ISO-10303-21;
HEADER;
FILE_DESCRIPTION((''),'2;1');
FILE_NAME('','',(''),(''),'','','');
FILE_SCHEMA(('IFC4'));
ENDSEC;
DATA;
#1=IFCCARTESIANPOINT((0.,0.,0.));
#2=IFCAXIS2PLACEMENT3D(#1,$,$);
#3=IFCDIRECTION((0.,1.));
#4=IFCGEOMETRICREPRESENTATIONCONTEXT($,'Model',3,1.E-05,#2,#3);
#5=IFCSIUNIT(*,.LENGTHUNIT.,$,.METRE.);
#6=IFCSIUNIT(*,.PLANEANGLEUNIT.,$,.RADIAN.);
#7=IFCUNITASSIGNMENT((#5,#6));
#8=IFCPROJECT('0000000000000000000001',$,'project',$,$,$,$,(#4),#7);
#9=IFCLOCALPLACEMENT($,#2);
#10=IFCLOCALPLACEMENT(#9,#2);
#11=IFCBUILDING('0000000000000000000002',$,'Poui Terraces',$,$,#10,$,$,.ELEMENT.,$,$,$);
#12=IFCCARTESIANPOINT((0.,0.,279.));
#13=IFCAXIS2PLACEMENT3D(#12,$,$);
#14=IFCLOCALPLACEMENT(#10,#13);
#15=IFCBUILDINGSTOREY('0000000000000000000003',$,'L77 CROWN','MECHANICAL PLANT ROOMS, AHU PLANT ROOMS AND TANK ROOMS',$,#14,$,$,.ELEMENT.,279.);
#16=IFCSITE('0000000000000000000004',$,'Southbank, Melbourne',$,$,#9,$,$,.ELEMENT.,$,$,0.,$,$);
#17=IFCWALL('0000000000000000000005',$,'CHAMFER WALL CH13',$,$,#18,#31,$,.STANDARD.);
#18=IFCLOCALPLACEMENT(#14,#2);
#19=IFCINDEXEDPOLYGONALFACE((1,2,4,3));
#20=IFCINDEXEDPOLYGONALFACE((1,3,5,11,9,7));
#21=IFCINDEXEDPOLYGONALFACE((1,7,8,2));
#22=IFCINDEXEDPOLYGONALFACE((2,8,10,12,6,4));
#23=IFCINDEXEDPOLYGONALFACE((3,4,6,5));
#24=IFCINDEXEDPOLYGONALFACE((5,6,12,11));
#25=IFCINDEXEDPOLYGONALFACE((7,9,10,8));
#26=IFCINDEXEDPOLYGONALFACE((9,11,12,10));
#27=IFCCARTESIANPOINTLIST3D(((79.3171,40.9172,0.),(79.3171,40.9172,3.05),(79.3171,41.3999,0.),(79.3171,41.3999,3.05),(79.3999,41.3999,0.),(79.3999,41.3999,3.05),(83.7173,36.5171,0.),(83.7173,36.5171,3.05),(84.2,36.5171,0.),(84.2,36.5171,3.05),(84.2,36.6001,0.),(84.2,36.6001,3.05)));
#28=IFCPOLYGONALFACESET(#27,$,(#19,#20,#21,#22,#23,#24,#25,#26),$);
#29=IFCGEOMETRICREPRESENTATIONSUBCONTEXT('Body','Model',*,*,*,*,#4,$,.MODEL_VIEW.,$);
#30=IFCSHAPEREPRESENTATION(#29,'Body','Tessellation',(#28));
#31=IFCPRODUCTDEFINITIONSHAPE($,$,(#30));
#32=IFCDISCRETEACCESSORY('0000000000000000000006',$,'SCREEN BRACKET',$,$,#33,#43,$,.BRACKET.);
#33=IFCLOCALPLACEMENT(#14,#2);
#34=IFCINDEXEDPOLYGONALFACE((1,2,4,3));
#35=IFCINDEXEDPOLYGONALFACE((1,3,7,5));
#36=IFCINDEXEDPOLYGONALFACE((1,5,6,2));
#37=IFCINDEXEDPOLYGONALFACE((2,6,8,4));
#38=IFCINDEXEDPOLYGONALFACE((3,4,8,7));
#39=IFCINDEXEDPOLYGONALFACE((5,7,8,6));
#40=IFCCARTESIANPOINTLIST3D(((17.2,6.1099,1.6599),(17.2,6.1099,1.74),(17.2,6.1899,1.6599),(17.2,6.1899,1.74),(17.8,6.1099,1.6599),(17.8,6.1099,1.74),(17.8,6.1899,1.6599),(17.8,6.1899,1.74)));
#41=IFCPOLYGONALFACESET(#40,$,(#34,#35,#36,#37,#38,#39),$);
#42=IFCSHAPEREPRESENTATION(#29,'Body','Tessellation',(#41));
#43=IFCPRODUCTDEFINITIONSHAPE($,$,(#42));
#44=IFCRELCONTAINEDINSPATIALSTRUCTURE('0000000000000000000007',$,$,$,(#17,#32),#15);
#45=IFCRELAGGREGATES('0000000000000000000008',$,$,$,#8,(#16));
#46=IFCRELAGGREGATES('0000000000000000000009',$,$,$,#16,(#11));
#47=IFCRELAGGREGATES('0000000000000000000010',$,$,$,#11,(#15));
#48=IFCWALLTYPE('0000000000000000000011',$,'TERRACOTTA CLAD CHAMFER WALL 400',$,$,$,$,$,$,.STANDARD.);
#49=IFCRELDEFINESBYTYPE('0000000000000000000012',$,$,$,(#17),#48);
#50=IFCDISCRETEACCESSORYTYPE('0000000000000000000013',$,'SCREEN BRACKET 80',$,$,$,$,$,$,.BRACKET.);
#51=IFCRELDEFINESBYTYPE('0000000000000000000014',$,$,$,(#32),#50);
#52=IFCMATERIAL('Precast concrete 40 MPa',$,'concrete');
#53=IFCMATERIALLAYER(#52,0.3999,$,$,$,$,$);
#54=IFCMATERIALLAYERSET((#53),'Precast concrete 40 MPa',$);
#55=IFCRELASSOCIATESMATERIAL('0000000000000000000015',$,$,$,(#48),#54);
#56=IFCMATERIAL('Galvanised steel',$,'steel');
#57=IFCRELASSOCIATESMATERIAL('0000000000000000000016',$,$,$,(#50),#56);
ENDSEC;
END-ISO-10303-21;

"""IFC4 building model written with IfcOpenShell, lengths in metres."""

from ifc_helpers import new_model, si_unit, direction, frame, origin, origin_2d, place, context, subcontext, project, spatial, polyline, rectangle, outline, extrude, source, transform, mapped, material, layer, layer_set, material_profile, profile_set, type_object, element, save


model = new_model("IFC4")

# Units and contexts
model_context = context("Model", 3, precision=1e-05, world=origin(), true_north=direction((0.0, 1.0)))
body_context = subcontext(model_context, "Body", "Model", "MODEL_VIEW")
ifc_project = project(units=[si_unit("LENGTHUNIT", "METRE"), si_unit("PLANEANGLEUNIT", "RADIAN")], contexts=[model_context])

# Site, building, storey
site_placement = place(None, origin())
site = spatial("IfcSite", under=ifc_project, at=site_placement, Name="Southbank, Melbourne", CompositionType="ELEMENT", RefElevation=0.0)
building_placement = place(site_placement, origin())
building = spatial("IfcBuilding", under=site, at=building_placement, Name="Poui Terraces", CompositionType="ELEMENT")
storey_placement = place(building_placement, frame((0.0, 0.0, 279.0)))
storey = spatial("IfcBuildingStorey", under=building, at=storey_placement, Name="L77 CROWN", Description="MECHANICAL PLANT ROOMS, AHU PLANT ROOMS AND TANK ROOMS", CompositionType="ELEMENT", Elevation=279.0)

# Wall
ifc_material_1 = material(Name="Precast concrete 40 MPa", Category="concrete")
ifc_layer_1 = layer(ifc_material_1, 0.3999)
ifc_layer_set_1 = layer_set([ifc_layer_1], Name="Precast concrete 40 MPa")
wall_type = type_object("IfcWallType", Name="TERRACOTTA CLAD CHAMFER WALL 400", PredefinedType="STANDARD", material=ifc_layer_set_1)
wall_1_placement = place(storey_placement, origin())
element("IfcWall", 1, at=wall_1_placement, inside=storey, type_object=wall_type, Name="CHAMFER WALL CH13", PredefinedType="STANDARD", context=body_context, shape_type="SweptSolid", body=[
    extrude(outline(polyline([(84.2, 36.5171), (84.2, 36.6001), (79.3999, 41.3999), (79.3171, 41.3999), (79.3171, 40.9172), (83.7173, 36.5171), (84.2, 36.5171)])), origin(), (0.0, 0.0, 1.0), 3.05),
])

# Discrete accessory
ifc_material_2 = material(Name="Galvanised steel", Category="steel")
ifc_material_profile_1 = material_profile(ifc_material_2, rectangle(XDim=0.0801, YDim=0.0801, at=origin_2d()), Name="SCREEN BRACKET 80")
ifc_profile_set_1 = profile_set([ifc_material_profile_1], Name="Galvanised steel")
discrete_accessory_type = type_object("IfcDiscreteAccessoryType", Name="SCREEN BRACKET 80", PredefinedType="BRACKET", material=ifc_profile_set_1)
shared_shape_1 = source(origin(), body_context, "Body", "SweptSolid", [
    extrude(rectangle(XDim=0.0801, YDim=0.0801, at=origin_2d()), origin(), (0.0, 0.0, 1.0), 0.6001),
])
discrete_accessory_placement = place(storey_placement, frame((17.8, 6.1499, 1.7), z_axis=(-1.0, 0.0, 0.0), x_axis=(0.0, -1.0, 0.0)))
element("IfcDiscreteAccessory", 2, at=discrete_accessory_placement, inside=storey, type_object=discrete_accessory_type, Name="SCREEN BRACKET", PredefinedType="BRACKET", context=body_context, shape_type="MappedRepresentation", body=[
    mapped(shared_shape_1, transform((0.0, 0.0, 0.0))),
])

save(model, "model.ifc")
